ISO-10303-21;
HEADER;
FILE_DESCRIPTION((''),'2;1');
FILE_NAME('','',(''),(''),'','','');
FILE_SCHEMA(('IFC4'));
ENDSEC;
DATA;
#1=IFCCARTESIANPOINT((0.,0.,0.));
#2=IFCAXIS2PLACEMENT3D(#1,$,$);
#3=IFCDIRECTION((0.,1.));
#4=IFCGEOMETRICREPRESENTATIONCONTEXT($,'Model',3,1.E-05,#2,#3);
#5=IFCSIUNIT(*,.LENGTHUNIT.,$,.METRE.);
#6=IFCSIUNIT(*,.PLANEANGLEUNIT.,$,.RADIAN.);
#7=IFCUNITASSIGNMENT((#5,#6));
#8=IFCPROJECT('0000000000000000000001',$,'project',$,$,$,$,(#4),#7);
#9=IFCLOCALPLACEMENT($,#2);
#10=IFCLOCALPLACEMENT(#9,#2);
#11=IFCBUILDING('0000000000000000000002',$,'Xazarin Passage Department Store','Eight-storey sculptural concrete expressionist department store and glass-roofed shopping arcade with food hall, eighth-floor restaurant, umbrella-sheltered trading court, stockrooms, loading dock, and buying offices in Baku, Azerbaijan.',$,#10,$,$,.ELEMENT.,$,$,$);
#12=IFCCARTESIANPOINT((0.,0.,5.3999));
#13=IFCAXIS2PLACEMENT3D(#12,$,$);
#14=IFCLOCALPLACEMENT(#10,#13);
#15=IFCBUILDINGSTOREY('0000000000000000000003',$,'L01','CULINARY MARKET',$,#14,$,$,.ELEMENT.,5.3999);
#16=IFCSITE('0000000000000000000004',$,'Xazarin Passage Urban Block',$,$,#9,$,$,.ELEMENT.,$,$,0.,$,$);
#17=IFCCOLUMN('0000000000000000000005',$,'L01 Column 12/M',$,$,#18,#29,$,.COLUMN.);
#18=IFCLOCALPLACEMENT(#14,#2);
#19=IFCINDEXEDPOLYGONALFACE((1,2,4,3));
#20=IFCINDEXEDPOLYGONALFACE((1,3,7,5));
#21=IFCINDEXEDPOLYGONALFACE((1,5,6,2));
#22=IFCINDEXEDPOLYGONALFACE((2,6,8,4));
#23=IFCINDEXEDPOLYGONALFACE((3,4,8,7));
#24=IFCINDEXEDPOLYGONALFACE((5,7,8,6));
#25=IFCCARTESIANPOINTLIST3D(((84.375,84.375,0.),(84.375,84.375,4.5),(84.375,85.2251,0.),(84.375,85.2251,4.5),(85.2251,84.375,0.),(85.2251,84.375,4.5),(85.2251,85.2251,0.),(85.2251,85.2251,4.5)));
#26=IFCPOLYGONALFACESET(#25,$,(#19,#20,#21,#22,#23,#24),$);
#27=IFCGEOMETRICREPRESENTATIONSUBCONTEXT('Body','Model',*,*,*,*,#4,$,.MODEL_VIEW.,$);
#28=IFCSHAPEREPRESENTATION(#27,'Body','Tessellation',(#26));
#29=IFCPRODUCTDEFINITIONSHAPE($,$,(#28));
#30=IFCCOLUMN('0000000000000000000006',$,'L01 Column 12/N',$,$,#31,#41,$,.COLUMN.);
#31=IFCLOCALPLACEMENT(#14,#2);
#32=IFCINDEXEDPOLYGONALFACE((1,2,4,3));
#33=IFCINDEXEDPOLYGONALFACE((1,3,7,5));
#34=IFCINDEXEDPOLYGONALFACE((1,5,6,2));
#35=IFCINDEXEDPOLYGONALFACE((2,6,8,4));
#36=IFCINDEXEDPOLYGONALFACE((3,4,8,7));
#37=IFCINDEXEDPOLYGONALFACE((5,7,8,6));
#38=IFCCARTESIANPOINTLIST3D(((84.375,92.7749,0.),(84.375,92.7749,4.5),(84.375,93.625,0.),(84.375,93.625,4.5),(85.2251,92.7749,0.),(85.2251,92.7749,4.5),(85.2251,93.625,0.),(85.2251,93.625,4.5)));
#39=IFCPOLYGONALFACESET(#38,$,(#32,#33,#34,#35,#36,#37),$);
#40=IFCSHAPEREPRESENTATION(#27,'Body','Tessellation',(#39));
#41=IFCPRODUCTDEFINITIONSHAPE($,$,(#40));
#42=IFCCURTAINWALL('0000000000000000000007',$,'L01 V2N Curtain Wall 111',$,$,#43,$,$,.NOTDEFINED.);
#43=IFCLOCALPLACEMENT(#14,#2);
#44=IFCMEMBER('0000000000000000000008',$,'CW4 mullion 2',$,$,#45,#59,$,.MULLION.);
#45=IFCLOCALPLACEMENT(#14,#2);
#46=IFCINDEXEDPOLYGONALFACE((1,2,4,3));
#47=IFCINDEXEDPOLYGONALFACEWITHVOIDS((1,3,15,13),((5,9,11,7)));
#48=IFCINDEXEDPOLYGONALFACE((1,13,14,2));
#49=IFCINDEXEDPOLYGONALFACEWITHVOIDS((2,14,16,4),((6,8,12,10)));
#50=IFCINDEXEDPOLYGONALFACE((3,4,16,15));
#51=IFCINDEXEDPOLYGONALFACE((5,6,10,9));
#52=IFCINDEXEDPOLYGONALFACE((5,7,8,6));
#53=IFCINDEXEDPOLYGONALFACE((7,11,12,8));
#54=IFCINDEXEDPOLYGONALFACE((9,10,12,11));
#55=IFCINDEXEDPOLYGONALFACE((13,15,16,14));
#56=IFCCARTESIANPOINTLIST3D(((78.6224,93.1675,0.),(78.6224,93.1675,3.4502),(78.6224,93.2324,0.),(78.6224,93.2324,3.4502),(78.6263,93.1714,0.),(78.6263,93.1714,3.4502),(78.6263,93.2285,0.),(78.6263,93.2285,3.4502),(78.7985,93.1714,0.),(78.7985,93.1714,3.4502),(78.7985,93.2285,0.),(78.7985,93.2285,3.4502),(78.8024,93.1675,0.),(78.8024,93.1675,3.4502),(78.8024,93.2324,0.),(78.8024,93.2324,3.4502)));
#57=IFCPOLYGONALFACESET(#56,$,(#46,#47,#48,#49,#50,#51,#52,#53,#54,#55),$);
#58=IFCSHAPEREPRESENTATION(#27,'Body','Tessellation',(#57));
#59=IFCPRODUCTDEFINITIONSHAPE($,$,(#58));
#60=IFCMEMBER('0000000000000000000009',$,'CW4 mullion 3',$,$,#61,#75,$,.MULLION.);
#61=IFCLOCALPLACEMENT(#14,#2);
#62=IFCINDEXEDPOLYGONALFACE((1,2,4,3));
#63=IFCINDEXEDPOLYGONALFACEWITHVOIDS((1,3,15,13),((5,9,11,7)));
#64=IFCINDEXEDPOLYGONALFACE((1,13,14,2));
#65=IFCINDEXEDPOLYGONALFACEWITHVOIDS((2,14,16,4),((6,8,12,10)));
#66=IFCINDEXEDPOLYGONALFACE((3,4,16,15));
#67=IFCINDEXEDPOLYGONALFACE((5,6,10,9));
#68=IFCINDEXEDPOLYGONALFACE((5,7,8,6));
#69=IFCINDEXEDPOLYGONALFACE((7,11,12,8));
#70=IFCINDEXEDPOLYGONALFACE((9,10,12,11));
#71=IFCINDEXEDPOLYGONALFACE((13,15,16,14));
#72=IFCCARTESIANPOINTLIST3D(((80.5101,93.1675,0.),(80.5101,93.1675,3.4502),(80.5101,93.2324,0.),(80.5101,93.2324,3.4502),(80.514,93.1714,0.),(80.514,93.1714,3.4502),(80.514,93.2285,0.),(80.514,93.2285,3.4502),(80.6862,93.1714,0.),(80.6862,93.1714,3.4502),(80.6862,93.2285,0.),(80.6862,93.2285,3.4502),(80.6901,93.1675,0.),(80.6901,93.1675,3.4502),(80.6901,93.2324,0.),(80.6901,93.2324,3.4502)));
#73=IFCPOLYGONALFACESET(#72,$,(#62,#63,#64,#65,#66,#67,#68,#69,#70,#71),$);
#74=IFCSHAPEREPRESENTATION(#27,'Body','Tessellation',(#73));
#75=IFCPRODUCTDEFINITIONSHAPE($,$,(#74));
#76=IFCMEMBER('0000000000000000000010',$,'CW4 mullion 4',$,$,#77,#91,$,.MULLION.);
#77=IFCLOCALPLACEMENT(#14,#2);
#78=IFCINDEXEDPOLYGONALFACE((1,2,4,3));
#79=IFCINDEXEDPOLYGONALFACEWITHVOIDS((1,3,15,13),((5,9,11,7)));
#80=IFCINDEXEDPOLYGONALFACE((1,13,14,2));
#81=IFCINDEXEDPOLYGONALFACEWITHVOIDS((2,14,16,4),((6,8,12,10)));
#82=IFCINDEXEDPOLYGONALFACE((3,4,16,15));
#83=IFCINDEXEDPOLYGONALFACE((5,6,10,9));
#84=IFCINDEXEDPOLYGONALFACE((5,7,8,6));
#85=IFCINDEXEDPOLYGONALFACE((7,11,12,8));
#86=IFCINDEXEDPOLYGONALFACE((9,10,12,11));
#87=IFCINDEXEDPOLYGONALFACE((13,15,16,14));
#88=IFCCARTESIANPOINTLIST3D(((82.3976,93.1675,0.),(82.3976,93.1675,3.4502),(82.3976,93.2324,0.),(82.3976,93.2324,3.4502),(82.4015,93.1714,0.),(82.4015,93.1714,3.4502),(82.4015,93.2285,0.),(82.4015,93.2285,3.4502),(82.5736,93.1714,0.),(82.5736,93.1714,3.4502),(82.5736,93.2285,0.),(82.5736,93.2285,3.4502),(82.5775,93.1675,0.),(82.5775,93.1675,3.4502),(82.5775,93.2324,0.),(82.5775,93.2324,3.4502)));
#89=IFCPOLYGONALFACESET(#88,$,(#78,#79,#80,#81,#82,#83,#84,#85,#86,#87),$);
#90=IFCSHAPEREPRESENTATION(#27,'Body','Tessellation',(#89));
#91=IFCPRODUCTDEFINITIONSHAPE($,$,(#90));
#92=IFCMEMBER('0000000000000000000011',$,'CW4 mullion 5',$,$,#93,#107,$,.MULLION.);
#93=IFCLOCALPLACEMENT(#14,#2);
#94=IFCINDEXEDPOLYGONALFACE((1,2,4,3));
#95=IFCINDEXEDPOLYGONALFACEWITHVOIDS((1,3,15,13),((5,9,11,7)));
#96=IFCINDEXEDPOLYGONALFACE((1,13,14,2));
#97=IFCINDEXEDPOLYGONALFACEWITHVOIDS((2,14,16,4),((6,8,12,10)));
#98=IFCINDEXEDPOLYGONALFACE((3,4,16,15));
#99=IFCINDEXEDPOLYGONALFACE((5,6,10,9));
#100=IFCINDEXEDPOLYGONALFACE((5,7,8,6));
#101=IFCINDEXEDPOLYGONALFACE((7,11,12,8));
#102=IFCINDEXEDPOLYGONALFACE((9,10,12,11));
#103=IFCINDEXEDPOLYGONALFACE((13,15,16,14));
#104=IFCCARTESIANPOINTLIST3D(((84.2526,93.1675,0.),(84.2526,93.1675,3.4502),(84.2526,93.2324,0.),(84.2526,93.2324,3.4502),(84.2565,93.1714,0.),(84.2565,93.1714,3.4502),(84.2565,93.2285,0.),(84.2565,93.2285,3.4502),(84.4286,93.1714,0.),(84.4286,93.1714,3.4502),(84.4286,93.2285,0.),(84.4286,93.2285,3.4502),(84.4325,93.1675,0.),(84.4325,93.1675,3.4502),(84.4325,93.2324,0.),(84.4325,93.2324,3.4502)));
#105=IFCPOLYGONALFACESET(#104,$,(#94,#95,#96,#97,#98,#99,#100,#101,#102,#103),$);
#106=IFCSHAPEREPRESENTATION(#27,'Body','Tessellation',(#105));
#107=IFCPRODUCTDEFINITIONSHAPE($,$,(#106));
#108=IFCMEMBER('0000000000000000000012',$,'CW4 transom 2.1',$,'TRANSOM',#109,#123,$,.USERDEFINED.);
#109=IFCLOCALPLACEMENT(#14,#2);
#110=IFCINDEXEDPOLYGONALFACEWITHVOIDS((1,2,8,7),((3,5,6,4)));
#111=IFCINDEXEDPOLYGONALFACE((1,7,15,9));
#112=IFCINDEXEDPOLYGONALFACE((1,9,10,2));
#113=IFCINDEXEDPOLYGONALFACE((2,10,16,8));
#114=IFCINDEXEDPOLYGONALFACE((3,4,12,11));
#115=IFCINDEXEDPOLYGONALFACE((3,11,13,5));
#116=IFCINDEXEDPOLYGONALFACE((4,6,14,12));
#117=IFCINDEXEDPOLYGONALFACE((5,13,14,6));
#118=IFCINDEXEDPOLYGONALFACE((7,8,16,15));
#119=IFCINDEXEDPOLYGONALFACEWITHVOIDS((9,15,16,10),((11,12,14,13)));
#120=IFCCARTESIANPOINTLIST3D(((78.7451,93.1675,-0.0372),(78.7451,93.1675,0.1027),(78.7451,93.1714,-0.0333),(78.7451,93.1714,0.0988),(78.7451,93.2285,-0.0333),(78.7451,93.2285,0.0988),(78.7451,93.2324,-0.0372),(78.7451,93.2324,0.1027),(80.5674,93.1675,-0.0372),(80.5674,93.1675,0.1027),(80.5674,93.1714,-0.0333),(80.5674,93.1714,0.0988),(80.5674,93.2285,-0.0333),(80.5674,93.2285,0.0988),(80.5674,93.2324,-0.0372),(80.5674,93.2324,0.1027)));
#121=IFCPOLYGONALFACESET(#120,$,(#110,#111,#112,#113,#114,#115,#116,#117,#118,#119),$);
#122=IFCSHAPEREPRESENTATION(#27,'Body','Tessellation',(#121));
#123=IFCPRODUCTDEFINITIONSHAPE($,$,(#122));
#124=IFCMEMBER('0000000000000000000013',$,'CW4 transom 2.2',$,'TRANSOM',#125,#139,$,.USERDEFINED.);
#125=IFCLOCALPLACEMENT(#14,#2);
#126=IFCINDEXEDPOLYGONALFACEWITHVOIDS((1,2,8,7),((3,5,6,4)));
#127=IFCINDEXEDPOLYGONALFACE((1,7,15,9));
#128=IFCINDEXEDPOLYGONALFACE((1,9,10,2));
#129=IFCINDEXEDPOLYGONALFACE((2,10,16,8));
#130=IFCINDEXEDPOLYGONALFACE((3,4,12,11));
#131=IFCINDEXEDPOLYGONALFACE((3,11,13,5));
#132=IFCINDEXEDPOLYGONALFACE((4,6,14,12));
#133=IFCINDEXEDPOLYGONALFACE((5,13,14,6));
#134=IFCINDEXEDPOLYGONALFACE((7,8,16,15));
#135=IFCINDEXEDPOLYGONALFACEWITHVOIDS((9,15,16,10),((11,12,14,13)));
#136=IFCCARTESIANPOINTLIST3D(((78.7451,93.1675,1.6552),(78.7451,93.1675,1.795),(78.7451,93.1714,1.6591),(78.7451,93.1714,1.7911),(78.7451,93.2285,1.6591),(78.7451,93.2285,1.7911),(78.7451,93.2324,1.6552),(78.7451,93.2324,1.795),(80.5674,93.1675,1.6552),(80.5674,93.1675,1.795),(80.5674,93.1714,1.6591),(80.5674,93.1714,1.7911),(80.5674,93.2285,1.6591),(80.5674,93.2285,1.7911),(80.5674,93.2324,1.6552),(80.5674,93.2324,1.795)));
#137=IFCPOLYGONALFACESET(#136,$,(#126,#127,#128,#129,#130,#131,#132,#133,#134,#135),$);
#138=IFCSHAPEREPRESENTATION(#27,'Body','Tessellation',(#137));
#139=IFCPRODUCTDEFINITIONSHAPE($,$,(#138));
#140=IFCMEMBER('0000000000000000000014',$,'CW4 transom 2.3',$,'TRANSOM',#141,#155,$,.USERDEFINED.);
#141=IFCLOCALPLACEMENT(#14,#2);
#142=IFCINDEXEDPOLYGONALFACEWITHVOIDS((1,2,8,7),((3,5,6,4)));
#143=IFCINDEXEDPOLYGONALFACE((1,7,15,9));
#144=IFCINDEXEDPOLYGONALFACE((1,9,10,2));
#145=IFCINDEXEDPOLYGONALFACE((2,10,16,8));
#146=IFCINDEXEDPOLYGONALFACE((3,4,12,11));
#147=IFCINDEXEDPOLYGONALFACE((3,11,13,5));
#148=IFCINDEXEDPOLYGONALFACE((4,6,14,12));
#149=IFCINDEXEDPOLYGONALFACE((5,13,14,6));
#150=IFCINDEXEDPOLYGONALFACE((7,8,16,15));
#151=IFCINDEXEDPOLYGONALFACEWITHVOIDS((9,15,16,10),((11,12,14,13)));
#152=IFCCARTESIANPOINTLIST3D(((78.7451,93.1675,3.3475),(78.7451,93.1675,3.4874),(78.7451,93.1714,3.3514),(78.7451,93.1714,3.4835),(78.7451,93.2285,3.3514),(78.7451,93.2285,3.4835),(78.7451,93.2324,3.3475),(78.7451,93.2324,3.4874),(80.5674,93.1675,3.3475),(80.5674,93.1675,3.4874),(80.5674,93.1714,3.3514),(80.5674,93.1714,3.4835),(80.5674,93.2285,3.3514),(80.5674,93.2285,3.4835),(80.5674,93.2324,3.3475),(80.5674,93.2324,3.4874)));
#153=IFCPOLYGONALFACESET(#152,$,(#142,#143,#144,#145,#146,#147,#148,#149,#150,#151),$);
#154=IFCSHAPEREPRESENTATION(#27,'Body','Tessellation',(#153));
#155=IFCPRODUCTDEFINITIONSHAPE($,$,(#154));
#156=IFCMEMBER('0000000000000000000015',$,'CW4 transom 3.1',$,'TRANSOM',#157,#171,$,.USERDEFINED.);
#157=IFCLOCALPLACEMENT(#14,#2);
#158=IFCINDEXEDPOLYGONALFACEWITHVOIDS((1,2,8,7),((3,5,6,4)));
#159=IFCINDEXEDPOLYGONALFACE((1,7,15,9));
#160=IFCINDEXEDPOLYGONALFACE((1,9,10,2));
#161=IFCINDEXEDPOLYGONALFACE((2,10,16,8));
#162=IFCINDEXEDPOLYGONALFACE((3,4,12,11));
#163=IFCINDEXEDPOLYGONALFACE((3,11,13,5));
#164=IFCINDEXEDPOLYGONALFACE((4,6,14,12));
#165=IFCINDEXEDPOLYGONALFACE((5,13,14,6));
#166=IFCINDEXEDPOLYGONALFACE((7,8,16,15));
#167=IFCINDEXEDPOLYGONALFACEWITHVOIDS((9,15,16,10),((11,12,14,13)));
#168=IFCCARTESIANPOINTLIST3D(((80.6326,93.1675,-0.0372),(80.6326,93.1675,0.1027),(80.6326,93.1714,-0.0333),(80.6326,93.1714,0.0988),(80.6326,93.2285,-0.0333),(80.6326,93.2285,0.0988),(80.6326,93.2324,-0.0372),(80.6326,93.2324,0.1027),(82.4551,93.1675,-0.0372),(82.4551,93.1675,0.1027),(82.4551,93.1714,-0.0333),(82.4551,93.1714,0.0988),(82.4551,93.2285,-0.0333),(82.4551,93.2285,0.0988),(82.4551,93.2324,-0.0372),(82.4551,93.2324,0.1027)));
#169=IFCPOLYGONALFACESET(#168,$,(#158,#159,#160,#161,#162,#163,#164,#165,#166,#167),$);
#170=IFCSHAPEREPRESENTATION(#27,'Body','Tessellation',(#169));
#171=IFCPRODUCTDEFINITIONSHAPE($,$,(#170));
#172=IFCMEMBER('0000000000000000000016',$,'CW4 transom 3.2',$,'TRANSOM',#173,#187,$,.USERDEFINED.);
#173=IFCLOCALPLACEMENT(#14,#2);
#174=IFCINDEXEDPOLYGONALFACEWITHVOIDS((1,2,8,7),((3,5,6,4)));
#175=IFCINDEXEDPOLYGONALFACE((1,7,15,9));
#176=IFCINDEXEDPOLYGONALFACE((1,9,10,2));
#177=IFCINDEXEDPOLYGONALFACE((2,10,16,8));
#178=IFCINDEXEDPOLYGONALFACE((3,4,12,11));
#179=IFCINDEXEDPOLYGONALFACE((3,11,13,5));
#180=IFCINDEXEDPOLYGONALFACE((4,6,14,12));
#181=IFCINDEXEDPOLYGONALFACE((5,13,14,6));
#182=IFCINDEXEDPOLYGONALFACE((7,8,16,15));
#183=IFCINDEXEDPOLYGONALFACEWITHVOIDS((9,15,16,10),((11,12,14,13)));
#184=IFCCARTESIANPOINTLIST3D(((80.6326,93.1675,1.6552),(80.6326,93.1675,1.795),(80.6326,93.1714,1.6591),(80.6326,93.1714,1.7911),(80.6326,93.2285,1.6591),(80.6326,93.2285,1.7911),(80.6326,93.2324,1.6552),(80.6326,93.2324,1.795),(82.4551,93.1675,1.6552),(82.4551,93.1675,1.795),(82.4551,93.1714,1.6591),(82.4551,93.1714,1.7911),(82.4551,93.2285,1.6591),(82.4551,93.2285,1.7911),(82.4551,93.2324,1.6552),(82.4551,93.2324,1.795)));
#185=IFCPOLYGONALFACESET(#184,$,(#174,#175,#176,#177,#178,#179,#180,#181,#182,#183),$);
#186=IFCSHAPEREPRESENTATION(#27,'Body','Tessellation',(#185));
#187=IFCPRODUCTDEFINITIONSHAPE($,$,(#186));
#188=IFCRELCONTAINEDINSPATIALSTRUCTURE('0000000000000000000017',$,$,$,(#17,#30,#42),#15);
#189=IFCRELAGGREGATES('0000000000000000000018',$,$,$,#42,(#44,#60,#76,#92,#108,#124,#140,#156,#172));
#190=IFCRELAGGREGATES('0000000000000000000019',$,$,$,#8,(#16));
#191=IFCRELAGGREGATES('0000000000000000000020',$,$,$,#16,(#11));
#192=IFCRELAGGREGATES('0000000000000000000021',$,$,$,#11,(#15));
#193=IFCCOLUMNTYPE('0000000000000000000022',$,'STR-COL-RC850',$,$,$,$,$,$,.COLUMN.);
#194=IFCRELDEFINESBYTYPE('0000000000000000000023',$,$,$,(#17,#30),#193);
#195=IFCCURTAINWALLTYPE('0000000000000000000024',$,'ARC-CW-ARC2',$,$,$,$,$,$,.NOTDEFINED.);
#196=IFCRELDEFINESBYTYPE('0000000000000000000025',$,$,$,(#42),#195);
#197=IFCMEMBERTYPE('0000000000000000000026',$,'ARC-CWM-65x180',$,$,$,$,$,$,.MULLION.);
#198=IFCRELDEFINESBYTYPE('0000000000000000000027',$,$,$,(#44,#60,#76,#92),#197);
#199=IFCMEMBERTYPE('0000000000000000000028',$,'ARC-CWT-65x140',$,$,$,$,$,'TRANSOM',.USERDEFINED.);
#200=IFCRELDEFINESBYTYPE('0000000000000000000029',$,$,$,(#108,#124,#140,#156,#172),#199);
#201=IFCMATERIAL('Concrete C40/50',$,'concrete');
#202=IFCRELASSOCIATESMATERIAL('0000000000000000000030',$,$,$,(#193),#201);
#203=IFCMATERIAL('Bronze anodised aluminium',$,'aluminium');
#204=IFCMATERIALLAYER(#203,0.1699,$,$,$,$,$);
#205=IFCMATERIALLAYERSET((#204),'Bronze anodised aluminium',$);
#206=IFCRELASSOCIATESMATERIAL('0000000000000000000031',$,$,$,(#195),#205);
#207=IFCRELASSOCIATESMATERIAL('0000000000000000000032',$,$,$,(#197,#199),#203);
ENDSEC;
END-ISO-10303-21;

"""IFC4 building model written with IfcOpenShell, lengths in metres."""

from ifc_helpers import new_model, si_unit, direction, frame, origin, origin_2d, place, context, subcontext, project, spatial, rectangle, hollow_rectangle, extrude, material, layer, layer_set, material_profile, profile_set, type_object, element, aggregate, save


model = new_model("IFC4")

# Units and contexts
model_context = context("Model", 3, precision=1e-05, world=origin(), true_north=direction((0.0, 1.0)))
body_context = subcontext(model_context, "Body", "Model", "MODEL_VIEW")
ifc_project = project(units=[si_unit("LENGTHUNIT", "METRE"), si_unit("PLANEANGLEUNIT", "RADIAN")], contexts=[model_context])

# Site, building, storey
site_placement = place(None, origin())
site = spatial("IfcSite", under=ifc_project, at=site_placement, Name="Xazarin Passage Urban Block", CompositionType="ELEMENT", RefElevation=0.0)
building_placement = place(site_placement, origin())
building = spatial("IfcBuilding", under=site, at=building_placement, Name="Xazarin Passage Department Store", Description="Eight-storey sculptural concrete expressionist department store and glass-roofed shopping arcade with food hall, eighth-floor restaurant, umbrella-sheltered trading court, stockrooms, loading dock, and buying offices in Baku, Azerbaijan.", CompositionType="ELEMENT")
storey_placement = place(building_placement, frame((0.0, 0.0, 5.3999)))
storey = spatial("IfcBuildingStorey", under=building, at=storey_placement, Name="L01", Description="CULINARY MARKET", CompositionType="ELEMENT", Elevation=5.3999)

# Columns
ifc_material_1 = material(Name="Concrete C40/50", Category="concrete")
ifc_material_profile_1 = material_profile(ifc_material_1, rectangle(XDim=0.8501, YDim=0.8501, at=origin_2d()), Name="RC 850x850")
ifc_profile_set_1 = profile_set([ifc_material_profile_1], Name="Concrete C40/50")
column_type = type_object("IfcColumnType", Name="STR-COL-RC850", PredefinedType="COLUMN", material=ifc_profile_set_1)
for number, where, z_axis, x_axis, name in (
    (1, (84.8, 84.8, 0.0), (0.0, 0.0, 1.0), (1.0, 0.0, 0.0), "L01 Column 12/M"),
    (2, (84.8, 93.2, 0.0), (0.0, 0.0, 1.0), (1.0, 0.0, 0.0), "L01 Column 12/N"),
):
    element("IfcColumn", number, at=place(storey_placement, frame(where, z_axis=z_axis, x_axis=x_axis)), inside=storey, type_object=column_type, Name=name, PredefinedType="COLUMN", context=body_context, shape_type="SweptSolid", body=[
        extrude(rectangle(XDim=0.8501, YDim=0.8501, at=origin_2d()), origin(), (0.0, 0.0, 1.0), 4.5),
    ])

# Curtain wall, members
ifc_material_2 = material(Name="Bronze anodised aluminium", Category="aluminium")
ifc_layer_1 = layer(ifc_material_2, 0.1699)
ifc_layer_set_1 = layer_set([ifc_layer_1], Name="Bronze anodised aluminium")
curtain_wall_type = type_object("IfcCurtainWallType", Name="ARC-CW-ARC2", PredefinedType="NOTDEFINED", material=ifc_layer_set_1)
curtain_wall_placement = place(storey_placement, origin())
curtain_wall = element("IfcCurtainWall", 3, at=curtain_wall_placement, inside=storey, type_object=curtain_wall_type, Name="L01 V2N Curtain Wall 111", PredefinedType="NOTDEFINED")
ifc_material_profile_2 = material_profile(ifc_material_2, hollow_rectangle(XDim=0.0649, YDim=0.1799, WallThickness=0.0039, at=origin_2d()), Name="ALU 65x180")
ifc_profile_set_2 = profile_set([ifc_material_profile_2], Name="Bronze anodised aluminium")
member_type_1 = type_object("IfcMemberType", Name="ARC-CWM-65x180", PredefinedType="MULLION", material=ifc_profile_set_2)
member_1_placement = place(storey_placement, frame((78.7124, 93.2, 0.0), z_axis=(0.0, 0.0, 1.0), x_axis=(0.0, 1.0, 0.0)))
member_1 = element("IfcMember", 4, at=member_1_placement, type_object=member_type_1, Name="CW4 mullion 2", PredefinedType="MULLION", context=body_context, shape_type="SweptSolid", body=[
    extrude(hollow_rectangle(XDim=0.0649, YDim=0.1799, WallThickness=0.0039, at=origin_2d()), origin(), (0.0, 0.0, 1.0), 3.4502),
])
member_2_placement = place(storey_placement, frame((80.6001, 93.2, 0.0), z_axis=(0.0, 0.0, 1.0), x_axis=(0.0, 1.0, 0.0)))
member_2 = element("IfcMember", 5, at=member_2_placement, type_object=member_type_1, Name="CW4 mullion 3", PredefinedType="MULLION", context=body_context, shape_type="SweptSolid", body=[
    extrude(hollow_rectangle(XDim=0.0649, YDim=0.1799, WallThickness=0.0039, at=origin_2d()), origin(), (0.0, 0.0, 1.0), 3.4502),
])
member_3_placement = place(storey_placement, frame((82.4875, 93.2, 0.0), z_axis=(0.0, 0.0, 1.0), x_axis=(0.0, 1.0, 0.0)))
member_3 = element("IfcMember", 6, at=member_3_placement, type_object=member_type_1, Name="CW4 mullion 4", PredefinedType="MULLION", context=body_context, shape_type="SweptSolid", body=[
    extrude(hollow_rectangle(XDim=0.0649, YDim=0.1799, WallThickness=0.0039, at=origin_2d()), origin(), (0.0, 0.0, 1.0), 3.4502),
])
member_4_placement = place(storey_placement, frame((84.3425, 93.2, 0.0), z_axis=(0.0, 0.0, 1.0), x_axis=(0.0, 1.0, 0.0)))
member_4 = element("IfcMember", 7, at=member_4_placement, type_object=member_type_1, Name="CW4 mullion 5", PredefinedType="MULLION", context=body_context, shape_type="SweptSolid", body=[
    extrude(hollow_rectangle(XDim=0.0649, YDim=0.1799, WallThickness=0.0039, at=origin_2d()), origin(), (0.0, 0.0, 1.0), 3.4502),
])
ifc_material_profile_3 = material_profile(ifc_material_2, hollow_rectangle(XDim=0.0649, YDim=0.1399, WallThickness=0.0039, at=origin_2d()), Name="ALU 65x140")
ifc_profile_set_3 = profile_set([ifc_material_profile_3], Name="Bronze anodised aluminium")
member_type_2 = type_object("IfcMemberType", Name="ARC-CWT-65x140", ElementType="TRANSOM", PredefinedType="USERDEFINED", material=ifc_profile_set_3)
member_5_placement = place(storey_placement, frame((78.7451, 93.2, 0.0327), z_axis=(1.0, 0.0, 0.0), x_axis=(0.0, 1.0, 0.0)))
member_5 = element("IfcMember", 8, at=member_5_placement, type_object=member_type_2, Name="CW4 transom 2.1", ObjectType="TRANSOM", PredefinedType="USERDEFINED", context=body_context, shape_type="SweptSolid", body=[
    extrude(hollow_rectangle(XDim=0.0649, YDim=0.1399, WallThickness=0.0039, at=origin_2d()), origin(), (0.0, 0.0, 1.0), 1.8223),
])
member_6_placement = place(storey_placement, frame((78.7451, 93.2, 1.7251), z_axis=(1.0, 0.0, 0.0), x_axis=(0.0, 1.0, 0.0)))
member_6 = element("IfcMember", 9, at=member_6_placement, type_object=member_type_2, Name="CW4 transom 2.2", ObjectType="TRANSOM", PredefinedType="USERDEFINED", context=body_context, shape_type="SweptSolid", body=[
    extrude(hollow_rectangle(XDim=0.0649, YDim=0.1399, WallThickness=0.0039, at=origin_2d()), origin(), (0.0, 0.0, 1.0), 1.8223),
])
member_7_placement = place(storey_placement, frame((78.7451, 93.2, 3.4175), z_axis=(1.0, 0.0, 0.0), x_axis=(0.0, 1.0, 0.0)))
member_7 = element("IfcMember", 10, at=member_7_placement, type_object=member_type_2, Name="CW4 transom 2.3", ObjectType="TRANSOM", PredefinedType="USERDEFINED", context=body_context, shape_type="SweptSolid", body=[
    extrude(hollow_rectangle(XDim=0.0649, YDim=0.1399, WallThickness=0.0039, at=origin_2d()), origin(), (0.0, 0.0, 1.0), 1.8223),
])
member_8_placement = place(storey_placement, frame((80.6326, 93.2, 0.0327), z_axis=(1.0, 0.0, 0.0), x_axis=(0.0, 1.0, 0.0)))
member_8 = element("IfcMember", 11, at=member_8_placement, type_object=member_type_2, Name="CW4 transom 3.1", ObjectType="TRANSOM", PredefinedType="USERDEFINED", context=body_context, shape_type="SweptSolid", body=[
    extrude(hollow_rectangle(XDim=0.0649, YDim=0.1399, WallThickness=0.0039, at=origin_2d()), origin(), (0.0, 0.0, 1.0), 1.8225),
])
member_9_placement = place(storey_placement, frame((80.6326, 93.2, 1.7251), z_axis=(1.0, 0.0, 0.0), x_axis=(0.0, 1.0, 0.0)))
member_9 = element("IfcMember", 12, at=member_9_placement, type_object=member_type_2, Name="CW4 transom 3.2", ObjectType="TRANSOM", PredefinedType="USERDEFINED", context=body_context, shape_type="SweptSolid", body=[
    extrude(hollow_rectangle(XDim=0.0649, YDim=0.1399, WallThickness=0.0039, at=origin_2d()), origin(), (0.0, 0.0, 1.0), 1.8225),
])

aggregate(curtain_wall, [member_1, member_2, member_3, member_4, member_5, member_6, member_7, member_8, member_9])

save(model, "model.ifc")
